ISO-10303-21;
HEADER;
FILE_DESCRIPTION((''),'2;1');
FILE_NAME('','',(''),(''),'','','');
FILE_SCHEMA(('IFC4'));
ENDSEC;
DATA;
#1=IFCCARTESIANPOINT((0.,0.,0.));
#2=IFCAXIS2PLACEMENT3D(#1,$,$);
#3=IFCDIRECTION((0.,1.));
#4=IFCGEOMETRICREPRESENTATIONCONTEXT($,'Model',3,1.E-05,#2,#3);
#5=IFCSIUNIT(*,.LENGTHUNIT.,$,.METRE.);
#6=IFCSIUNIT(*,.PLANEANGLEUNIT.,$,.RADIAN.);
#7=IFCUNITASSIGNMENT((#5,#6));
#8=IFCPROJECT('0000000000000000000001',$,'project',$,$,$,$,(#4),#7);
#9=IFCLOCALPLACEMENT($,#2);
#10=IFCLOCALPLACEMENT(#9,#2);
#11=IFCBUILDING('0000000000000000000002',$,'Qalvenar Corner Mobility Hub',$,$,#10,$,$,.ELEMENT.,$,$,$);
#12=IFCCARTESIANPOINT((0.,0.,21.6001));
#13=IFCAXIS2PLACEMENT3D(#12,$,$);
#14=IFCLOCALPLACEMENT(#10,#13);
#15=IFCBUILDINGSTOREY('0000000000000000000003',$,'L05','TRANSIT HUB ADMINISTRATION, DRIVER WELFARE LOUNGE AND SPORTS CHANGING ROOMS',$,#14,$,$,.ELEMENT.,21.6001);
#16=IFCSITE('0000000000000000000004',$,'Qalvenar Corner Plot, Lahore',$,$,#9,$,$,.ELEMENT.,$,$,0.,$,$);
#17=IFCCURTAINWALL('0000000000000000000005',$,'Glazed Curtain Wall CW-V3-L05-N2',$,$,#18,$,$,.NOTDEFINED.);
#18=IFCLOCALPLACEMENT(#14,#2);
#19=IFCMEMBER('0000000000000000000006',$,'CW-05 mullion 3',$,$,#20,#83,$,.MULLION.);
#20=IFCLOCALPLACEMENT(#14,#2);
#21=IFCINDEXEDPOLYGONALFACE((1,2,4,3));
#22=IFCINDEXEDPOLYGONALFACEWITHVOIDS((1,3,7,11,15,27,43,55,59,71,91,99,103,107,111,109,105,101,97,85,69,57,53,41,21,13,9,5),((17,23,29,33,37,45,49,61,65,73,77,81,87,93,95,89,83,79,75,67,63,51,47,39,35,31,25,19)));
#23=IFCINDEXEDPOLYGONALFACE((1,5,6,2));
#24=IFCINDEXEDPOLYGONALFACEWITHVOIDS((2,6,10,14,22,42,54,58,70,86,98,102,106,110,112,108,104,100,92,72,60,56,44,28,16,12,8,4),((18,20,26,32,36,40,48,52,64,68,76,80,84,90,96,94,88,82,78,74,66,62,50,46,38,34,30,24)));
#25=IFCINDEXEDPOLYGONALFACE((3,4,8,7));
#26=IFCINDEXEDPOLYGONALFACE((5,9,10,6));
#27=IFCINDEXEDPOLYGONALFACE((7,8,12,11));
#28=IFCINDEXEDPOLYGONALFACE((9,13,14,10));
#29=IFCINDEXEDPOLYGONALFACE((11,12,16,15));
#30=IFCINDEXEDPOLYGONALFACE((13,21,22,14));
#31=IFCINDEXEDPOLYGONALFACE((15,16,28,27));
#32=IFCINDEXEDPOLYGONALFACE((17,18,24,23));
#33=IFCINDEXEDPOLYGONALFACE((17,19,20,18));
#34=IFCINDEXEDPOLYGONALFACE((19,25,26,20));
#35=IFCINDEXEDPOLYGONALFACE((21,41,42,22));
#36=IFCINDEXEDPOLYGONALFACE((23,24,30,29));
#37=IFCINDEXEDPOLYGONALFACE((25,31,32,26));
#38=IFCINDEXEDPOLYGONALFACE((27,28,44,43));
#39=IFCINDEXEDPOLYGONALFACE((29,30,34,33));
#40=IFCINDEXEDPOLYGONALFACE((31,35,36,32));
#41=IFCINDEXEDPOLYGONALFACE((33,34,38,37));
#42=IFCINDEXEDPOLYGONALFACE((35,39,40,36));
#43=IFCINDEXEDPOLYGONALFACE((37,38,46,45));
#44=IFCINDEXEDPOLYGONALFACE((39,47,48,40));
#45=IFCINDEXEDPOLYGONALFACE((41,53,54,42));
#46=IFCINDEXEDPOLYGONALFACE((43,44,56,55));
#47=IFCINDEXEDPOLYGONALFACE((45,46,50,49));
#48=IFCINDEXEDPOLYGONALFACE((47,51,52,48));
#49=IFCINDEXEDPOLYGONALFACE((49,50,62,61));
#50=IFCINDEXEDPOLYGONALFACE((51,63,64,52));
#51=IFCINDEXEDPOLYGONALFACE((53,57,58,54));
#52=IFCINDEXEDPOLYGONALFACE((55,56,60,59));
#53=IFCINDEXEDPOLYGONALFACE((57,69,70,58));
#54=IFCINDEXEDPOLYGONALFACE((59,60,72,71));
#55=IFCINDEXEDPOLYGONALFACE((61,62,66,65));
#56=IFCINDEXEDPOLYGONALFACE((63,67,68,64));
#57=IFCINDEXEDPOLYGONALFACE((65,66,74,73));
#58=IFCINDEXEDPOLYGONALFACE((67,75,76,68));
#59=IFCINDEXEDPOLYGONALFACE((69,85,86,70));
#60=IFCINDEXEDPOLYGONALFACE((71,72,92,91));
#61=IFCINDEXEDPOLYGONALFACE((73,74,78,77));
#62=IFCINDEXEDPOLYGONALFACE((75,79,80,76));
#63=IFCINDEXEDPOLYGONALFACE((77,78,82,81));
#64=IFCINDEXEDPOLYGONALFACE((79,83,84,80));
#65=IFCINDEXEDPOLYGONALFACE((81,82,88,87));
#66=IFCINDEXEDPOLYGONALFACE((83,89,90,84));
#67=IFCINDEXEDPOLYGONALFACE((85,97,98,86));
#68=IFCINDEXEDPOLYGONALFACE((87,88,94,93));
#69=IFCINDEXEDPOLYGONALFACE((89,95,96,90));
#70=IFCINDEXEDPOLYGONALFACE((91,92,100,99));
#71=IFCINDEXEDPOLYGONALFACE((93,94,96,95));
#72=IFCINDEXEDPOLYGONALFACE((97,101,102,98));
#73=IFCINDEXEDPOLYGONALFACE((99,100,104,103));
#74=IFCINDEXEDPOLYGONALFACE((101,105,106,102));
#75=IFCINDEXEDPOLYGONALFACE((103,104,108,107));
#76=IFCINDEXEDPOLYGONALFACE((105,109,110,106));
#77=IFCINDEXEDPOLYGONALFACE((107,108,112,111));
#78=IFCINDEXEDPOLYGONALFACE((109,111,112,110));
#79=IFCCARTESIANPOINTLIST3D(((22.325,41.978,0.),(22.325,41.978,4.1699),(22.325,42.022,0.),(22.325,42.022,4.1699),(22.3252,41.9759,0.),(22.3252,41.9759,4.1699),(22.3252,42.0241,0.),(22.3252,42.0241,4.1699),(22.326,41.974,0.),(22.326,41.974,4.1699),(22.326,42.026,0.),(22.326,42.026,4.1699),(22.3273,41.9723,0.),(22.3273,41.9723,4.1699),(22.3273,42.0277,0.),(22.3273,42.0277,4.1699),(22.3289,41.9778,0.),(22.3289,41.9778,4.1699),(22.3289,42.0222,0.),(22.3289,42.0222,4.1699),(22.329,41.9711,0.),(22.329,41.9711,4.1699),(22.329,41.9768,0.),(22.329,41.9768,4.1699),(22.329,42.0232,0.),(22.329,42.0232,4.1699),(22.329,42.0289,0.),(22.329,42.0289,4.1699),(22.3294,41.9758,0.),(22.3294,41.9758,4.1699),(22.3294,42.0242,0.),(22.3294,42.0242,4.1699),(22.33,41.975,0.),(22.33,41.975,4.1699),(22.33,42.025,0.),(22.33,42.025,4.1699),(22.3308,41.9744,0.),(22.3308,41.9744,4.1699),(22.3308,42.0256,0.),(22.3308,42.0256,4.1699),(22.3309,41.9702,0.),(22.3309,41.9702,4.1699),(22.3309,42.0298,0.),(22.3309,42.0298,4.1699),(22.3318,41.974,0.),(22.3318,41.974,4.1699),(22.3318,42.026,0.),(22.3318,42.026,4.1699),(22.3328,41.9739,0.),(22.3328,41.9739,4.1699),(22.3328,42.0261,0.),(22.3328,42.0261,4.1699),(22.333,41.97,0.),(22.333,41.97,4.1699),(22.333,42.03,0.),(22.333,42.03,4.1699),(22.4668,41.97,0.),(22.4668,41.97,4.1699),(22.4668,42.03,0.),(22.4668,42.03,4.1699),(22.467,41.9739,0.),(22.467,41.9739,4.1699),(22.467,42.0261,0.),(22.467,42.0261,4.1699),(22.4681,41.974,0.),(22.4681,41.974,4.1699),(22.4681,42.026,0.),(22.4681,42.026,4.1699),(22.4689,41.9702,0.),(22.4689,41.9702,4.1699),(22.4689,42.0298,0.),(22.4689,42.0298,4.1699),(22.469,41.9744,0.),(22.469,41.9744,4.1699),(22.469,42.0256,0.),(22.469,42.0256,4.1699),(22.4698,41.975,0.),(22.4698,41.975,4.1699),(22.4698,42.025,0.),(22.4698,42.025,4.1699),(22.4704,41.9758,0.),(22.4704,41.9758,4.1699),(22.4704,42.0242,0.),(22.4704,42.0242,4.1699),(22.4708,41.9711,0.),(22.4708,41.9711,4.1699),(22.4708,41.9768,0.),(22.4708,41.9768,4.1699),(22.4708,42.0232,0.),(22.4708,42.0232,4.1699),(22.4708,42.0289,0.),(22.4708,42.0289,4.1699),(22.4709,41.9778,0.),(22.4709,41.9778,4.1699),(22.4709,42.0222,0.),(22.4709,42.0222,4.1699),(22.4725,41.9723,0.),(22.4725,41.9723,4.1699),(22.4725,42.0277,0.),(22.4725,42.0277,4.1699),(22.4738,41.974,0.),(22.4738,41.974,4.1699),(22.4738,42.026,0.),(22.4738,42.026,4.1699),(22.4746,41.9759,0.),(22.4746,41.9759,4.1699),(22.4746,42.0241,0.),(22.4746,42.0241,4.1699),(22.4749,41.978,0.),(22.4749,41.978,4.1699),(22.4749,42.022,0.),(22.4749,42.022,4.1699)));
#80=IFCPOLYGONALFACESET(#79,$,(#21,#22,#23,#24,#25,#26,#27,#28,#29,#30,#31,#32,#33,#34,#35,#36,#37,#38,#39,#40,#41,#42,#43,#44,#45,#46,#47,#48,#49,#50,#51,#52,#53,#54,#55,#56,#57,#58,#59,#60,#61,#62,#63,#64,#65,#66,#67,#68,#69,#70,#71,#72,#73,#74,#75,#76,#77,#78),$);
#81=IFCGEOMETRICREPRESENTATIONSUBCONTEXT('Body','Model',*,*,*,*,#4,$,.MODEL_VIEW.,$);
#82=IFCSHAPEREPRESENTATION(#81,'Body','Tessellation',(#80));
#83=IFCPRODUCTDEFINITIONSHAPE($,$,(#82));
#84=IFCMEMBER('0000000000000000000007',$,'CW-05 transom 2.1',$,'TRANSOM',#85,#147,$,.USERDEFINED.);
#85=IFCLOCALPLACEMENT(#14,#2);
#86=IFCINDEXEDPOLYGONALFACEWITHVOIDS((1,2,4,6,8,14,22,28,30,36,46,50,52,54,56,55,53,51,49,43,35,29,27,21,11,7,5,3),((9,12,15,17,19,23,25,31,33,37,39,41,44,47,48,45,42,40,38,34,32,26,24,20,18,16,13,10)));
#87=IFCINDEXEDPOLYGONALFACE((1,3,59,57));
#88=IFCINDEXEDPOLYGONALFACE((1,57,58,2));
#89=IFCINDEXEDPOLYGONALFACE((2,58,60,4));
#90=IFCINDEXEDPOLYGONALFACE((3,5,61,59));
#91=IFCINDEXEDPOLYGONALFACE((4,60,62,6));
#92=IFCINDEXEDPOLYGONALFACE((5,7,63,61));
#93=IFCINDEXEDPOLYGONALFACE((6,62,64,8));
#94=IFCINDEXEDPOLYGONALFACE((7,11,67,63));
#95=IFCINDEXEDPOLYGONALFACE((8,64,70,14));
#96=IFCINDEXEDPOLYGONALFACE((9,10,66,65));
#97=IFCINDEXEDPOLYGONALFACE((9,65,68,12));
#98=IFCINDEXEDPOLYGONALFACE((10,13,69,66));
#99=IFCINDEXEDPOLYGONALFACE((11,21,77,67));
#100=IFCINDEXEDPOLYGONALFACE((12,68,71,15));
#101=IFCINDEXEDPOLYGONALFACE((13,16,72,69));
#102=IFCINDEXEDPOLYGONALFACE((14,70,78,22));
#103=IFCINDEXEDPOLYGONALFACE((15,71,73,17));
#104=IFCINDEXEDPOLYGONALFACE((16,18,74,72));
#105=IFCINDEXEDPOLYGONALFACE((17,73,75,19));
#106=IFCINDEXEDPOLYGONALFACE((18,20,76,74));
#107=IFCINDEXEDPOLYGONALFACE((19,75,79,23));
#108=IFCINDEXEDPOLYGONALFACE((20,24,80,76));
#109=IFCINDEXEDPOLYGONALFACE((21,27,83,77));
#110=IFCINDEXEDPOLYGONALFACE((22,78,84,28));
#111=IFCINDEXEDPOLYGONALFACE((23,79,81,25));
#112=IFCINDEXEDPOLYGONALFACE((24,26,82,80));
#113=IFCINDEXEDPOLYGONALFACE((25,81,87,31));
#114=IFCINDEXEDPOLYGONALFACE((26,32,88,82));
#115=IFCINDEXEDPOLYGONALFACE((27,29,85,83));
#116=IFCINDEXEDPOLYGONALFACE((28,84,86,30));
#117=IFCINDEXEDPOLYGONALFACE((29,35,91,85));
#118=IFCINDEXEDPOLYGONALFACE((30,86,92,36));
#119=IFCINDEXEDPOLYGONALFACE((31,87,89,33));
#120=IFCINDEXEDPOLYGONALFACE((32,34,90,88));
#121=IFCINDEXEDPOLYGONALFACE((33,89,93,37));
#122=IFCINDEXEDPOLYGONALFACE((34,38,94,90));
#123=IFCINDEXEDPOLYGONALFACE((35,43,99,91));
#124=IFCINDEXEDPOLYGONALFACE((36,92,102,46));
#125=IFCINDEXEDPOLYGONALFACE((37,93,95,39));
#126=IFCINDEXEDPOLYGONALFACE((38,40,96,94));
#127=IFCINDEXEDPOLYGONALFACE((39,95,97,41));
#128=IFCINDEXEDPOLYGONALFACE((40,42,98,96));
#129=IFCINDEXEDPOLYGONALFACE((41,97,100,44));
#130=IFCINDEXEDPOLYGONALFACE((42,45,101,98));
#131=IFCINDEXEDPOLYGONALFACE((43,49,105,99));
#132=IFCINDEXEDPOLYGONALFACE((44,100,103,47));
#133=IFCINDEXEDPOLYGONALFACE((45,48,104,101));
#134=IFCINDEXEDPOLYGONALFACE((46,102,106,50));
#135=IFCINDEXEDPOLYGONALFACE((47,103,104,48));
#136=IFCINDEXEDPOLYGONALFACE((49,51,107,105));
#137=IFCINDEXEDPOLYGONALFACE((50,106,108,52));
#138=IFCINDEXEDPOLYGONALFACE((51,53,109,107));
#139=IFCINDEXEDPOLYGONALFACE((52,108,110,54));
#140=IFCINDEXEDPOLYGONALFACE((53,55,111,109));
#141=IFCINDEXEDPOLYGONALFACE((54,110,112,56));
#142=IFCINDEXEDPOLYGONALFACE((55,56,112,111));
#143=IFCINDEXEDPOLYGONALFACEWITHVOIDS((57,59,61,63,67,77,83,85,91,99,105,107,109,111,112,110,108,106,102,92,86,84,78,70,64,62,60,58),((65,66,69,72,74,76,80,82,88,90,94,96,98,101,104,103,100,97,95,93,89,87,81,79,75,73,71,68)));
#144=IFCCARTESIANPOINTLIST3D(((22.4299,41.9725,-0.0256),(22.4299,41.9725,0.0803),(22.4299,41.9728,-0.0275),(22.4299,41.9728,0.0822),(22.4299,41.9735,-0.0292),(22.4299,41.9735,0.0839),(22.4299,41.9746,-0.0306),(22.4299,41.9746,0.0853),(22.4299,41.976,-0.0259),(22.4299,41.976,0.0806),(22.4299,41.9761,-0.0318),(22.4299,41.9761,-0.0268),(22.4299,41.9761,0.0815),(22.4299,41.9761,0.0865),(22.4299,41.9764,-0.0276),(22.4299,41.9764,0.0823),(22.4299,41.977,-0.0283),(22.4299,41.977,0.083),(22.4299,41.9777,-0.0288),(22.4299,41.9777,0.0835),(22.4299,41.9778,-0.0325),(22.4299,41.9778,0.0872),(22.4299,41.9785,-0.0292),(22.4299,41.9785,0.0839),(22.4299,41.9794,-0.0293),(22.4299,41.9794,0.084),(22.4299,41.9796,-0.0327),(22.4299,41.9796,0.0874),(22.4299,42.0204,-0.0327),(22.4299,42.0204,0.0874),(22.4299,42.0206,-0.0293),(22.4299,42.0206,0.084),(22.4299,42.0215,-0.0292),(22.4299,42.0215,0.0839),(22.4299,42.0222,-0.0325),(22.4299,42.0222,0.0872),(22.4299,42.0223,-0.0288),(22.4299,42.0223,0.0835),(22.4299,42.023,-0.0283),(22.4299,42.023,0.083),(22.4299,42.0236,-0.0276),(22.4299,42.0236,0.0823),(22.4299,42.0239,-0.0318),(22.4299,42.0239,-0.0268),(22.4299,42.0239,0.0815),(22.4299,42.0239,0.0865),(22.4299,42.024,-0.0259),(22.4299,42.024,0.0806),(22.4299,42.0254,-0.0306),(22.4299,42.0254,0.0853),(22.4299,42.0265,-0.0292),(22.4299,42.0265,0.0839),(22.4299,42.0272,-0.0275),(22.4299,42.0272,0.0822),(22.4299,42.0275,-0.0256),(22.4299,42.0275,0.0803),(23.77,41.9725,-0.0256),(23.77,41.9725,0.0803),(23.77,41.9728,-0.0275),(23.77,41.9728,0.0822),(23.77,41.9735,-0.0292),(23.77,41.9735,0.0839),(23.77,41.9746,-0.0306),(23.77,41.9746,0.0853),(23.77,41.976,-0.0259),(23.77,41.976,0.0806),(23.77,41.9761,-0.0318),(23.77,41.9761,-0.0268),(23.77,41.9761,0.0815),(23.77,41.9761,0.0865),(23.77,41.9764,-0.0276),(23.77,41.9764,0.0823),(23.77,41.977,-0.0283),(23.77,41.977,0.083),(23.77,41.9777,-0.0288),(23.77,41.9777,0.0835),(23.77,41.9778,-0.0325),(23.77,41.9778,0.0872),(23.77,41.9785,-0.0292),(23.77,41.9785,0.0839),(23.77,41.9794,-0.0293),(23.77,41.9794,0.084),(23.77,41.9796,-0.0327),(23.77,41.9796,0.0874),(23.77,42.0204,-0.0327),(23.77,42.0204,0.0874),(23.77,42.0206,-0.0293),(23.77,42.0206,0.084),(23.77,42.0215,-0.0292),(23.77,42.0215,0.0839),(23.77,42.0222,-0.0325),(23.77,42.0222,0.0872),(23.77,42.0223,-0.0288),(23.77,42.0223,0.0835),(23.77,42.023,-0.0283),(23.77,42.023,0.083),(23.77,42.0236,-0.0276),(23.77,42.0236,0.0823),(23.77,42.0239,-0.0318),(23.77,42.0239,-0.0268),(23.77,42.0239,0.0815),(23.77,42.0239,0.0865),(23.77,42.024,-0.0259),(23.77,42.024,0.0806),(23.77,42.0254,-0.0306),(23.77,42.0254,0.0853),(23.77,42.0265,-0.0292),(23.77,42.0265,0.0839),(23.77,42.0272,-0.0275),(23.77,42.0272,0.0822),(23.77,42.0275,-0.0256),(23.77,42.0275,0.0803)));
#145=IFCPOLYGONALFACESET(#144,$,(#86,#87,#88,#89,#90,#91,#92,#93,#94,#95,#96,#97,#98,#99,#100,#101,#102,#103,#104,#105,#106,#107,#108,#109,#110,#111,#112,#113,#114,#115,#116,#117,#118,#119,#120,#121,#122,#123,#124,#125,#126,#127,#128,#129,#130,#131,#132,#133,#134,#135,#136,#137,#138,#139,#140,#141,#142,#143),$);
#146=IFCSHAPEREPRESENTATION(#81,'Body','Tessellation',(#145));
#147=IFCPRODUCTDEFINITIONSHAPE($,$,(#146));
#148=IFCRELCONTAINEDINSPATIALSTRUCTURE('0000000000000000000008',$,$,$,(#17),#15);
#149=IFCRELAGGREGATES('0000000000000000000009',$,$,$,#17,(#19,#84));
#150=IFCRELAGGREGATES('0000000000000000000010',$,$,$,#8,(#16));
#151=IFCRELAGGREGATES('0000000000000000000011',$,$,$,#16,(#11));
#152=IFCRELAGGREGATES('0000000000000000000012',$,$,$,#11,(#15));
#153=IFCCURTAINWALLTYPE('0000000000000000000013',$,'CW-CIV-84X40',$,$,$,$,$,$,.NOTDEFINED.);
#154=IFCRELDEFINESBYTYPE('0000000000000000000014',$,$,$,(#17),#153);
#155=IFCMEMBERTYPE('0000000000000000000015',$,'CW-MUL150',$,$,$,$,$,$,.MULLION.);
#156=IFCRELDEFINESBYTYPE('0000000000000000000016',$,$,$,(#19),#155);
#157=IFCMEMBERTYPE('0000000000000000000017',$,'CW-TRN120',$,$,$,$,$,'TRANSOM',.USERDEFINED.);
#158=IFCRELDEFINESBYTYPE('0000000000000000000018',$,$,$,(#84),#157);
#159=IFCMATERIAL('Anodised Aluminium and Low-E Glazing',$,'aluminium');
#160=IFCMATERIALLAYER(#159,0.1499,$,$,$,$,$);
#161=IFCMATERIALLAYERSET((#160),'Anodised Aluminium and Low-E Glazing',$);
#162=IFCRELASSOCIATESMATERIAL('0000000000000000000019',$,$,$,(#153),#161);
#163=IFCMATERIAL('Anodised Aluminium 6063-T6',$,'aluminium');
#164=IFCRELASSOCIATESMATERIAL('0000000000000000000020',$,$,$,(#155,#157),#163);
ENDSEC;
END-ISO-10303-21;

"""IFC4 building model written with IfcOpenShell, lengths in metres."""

from ifc_helpers import new_model, si_unit, direction, frame, origin, origin_2d, place, context, subcontext, project, spatial, hollow_rectangle, extrude, material, layer, layer_set, material_profile, profile_set, type_object, element, aggregate, save


model = new_model("IFC4")

# Units and contexts
model_context = context("Model", 3, precision=1e-05, world=origin(), true_north=direction((0.0, 1.0)))
body_context = subcontext(model_context, "Body", "Model", "MODEL_VIEW")
ifc_project = project(units=[si_unit("LENGTHUNIT", "METRE"), si_unit("PLANEANGLEUNIT", "RADIAN")], contexts=[model_context])

# Site, building, storey
site_placement = place(None, origin())
site = spatial("IfcSite", under=ifc_project, at=site_placement, Name="Qalvenar Corner Plot, Lahore", CompositionType="ELEMENT", RefElevation=0.0)
building_placement = place(site_placement, origin())
building = spatial("IfcBuilding", under=site, at=building_placement, Name="Qalvenar Corner Mobility Hub", CompositionType="ELEMENT")
storey_placement = place(building_placement, frame((0.0, 0.0, 21.6001)))
storey = spatial("IfcBuildingStorey", under=building, at=storey_placement, Name="L05", Description="TRANSIT HUB ADMINISTRATION, DRIVER WELFARE LOUNGE AND SPORTS CHANGING ROOMS", CompositionType="ELEMENT", Elevation=21.6001)

# Curtain wall, members
ifc_material_1 = material(Name="Anodised Aluminium and Low-E Glazing", Category="aluminium")
ifc_layer_1 = layer(ifc_material_1, 0.1499)
ifc_layer_set_1 = layer_set([ifc_layer_1], Name="Anodised Aluminium and Low-E Glazing")
curtain_wall_type = type_object("IfcCurtainWallType", Name="CW-CIV-84X40", PredefinedType="NOTDEFINED", material=ifc_layer_set_1)
curtain_wall_placement = place(storey_placement, origin())
curtain_wall = element("IfcCurtainWall", 1, at=curtain_wall_placement, inside=storey, type_object=curtain_wall_type, Name="Glazed Curtain Wall CW-V3-L05-N2", PredefinedType="NOTDEFINED")
ifc_material_2 = material(Name="Anodised Aluminium 6063-T6", Category="aluminium")
ifc_material_profile_1 = material_profile(ifc_material_2, hollow_rectangle(XDim=0.0601, YDim=0.1499, WallThickness=0.0039, InnerFilletRadius=0.0039, OuterFilletRadius=0.0081, at=origin_2d()), Name="RHS150x60x4")
ifc_profile_set_1 = profile_set([ifc_material_profile_1], Name="Anodised Aluminium 6063-T6")
member_type_1 = type_object("IfcMemberType", Name="CW-MUL150", PredefinedType="MULLION", material=ifc_profile_set_1)
member_1_placement = place(storey_placement, frame((22.3999, 42.0, 0.0), z_axis=(0.0, 0.0, 1.0), x_axis=(0.0, -1.0, 0.0)))
member_1 = element("IfcMember", 2, at=member_1_placement, type_object=member_type_1, Name="CW-05 mullion 3", PredefinedType="MULLION", context=body_context, shape_type="SweptSolid", body=[
    extrude(hollow_rectangle(XDim=0.0601, YDim=0.1499, WallThickness=0.0039, InnerFilletRadius=0.0039, OuterFilletRadius=0.0081, at=origin_2d()), origin(), (0.0, 0.0, 1.0), 4.1699),
])
ifc_material_profile_2 = material_profile(ifc_material_2, hollow_rectangle(XDim=0.0549, YDim=0.1201, WallThickness=0.0034, InnerFilletRadius=0.0034, OuterFilletRadius=0.0071, at=origin_2d()), Name="RHS120x55x3.5")
ifc_profile_set_2 = profile_set([ifc_material_profile_2], Name="Anodised Aluminium 6063-T6")
member_type_2 = type_object("IfcMemberType", Name="CW-TRN120", ElementType="TRANSOM", PredefinedType="USERDEFINED", material=ifc_profile_set_2)
member_2_placement = place(storey_placement, frame((23.77, 42.0, 0.0273), z_axis=(-1.0, 0.0, 0.0), x_axis=(0.0, -1.0, 0.0)))
member_2 = element("IfcMember", 3, at=member_2_placement, type_object=member_type_2, Name="CW-05 transom 2.1", ObjectType="TRANSOM", PredefinedType="USERDEFINED", context=body_context, shape_type="SweptSolid", body=[
    extrude(hollow_rectangle(XDim=0.0549, YDim=0.1201, WallThickness=0.0034, InnerFilletRadius=0.0034, OuterFilletRadius=0.0071, at=origin_2d()), origin(), (0.0, 0.0, 1.0), 1.3401),
])
aggregate(curtain_wall, [member_1, member_2])

save(model, "model.ifc")
